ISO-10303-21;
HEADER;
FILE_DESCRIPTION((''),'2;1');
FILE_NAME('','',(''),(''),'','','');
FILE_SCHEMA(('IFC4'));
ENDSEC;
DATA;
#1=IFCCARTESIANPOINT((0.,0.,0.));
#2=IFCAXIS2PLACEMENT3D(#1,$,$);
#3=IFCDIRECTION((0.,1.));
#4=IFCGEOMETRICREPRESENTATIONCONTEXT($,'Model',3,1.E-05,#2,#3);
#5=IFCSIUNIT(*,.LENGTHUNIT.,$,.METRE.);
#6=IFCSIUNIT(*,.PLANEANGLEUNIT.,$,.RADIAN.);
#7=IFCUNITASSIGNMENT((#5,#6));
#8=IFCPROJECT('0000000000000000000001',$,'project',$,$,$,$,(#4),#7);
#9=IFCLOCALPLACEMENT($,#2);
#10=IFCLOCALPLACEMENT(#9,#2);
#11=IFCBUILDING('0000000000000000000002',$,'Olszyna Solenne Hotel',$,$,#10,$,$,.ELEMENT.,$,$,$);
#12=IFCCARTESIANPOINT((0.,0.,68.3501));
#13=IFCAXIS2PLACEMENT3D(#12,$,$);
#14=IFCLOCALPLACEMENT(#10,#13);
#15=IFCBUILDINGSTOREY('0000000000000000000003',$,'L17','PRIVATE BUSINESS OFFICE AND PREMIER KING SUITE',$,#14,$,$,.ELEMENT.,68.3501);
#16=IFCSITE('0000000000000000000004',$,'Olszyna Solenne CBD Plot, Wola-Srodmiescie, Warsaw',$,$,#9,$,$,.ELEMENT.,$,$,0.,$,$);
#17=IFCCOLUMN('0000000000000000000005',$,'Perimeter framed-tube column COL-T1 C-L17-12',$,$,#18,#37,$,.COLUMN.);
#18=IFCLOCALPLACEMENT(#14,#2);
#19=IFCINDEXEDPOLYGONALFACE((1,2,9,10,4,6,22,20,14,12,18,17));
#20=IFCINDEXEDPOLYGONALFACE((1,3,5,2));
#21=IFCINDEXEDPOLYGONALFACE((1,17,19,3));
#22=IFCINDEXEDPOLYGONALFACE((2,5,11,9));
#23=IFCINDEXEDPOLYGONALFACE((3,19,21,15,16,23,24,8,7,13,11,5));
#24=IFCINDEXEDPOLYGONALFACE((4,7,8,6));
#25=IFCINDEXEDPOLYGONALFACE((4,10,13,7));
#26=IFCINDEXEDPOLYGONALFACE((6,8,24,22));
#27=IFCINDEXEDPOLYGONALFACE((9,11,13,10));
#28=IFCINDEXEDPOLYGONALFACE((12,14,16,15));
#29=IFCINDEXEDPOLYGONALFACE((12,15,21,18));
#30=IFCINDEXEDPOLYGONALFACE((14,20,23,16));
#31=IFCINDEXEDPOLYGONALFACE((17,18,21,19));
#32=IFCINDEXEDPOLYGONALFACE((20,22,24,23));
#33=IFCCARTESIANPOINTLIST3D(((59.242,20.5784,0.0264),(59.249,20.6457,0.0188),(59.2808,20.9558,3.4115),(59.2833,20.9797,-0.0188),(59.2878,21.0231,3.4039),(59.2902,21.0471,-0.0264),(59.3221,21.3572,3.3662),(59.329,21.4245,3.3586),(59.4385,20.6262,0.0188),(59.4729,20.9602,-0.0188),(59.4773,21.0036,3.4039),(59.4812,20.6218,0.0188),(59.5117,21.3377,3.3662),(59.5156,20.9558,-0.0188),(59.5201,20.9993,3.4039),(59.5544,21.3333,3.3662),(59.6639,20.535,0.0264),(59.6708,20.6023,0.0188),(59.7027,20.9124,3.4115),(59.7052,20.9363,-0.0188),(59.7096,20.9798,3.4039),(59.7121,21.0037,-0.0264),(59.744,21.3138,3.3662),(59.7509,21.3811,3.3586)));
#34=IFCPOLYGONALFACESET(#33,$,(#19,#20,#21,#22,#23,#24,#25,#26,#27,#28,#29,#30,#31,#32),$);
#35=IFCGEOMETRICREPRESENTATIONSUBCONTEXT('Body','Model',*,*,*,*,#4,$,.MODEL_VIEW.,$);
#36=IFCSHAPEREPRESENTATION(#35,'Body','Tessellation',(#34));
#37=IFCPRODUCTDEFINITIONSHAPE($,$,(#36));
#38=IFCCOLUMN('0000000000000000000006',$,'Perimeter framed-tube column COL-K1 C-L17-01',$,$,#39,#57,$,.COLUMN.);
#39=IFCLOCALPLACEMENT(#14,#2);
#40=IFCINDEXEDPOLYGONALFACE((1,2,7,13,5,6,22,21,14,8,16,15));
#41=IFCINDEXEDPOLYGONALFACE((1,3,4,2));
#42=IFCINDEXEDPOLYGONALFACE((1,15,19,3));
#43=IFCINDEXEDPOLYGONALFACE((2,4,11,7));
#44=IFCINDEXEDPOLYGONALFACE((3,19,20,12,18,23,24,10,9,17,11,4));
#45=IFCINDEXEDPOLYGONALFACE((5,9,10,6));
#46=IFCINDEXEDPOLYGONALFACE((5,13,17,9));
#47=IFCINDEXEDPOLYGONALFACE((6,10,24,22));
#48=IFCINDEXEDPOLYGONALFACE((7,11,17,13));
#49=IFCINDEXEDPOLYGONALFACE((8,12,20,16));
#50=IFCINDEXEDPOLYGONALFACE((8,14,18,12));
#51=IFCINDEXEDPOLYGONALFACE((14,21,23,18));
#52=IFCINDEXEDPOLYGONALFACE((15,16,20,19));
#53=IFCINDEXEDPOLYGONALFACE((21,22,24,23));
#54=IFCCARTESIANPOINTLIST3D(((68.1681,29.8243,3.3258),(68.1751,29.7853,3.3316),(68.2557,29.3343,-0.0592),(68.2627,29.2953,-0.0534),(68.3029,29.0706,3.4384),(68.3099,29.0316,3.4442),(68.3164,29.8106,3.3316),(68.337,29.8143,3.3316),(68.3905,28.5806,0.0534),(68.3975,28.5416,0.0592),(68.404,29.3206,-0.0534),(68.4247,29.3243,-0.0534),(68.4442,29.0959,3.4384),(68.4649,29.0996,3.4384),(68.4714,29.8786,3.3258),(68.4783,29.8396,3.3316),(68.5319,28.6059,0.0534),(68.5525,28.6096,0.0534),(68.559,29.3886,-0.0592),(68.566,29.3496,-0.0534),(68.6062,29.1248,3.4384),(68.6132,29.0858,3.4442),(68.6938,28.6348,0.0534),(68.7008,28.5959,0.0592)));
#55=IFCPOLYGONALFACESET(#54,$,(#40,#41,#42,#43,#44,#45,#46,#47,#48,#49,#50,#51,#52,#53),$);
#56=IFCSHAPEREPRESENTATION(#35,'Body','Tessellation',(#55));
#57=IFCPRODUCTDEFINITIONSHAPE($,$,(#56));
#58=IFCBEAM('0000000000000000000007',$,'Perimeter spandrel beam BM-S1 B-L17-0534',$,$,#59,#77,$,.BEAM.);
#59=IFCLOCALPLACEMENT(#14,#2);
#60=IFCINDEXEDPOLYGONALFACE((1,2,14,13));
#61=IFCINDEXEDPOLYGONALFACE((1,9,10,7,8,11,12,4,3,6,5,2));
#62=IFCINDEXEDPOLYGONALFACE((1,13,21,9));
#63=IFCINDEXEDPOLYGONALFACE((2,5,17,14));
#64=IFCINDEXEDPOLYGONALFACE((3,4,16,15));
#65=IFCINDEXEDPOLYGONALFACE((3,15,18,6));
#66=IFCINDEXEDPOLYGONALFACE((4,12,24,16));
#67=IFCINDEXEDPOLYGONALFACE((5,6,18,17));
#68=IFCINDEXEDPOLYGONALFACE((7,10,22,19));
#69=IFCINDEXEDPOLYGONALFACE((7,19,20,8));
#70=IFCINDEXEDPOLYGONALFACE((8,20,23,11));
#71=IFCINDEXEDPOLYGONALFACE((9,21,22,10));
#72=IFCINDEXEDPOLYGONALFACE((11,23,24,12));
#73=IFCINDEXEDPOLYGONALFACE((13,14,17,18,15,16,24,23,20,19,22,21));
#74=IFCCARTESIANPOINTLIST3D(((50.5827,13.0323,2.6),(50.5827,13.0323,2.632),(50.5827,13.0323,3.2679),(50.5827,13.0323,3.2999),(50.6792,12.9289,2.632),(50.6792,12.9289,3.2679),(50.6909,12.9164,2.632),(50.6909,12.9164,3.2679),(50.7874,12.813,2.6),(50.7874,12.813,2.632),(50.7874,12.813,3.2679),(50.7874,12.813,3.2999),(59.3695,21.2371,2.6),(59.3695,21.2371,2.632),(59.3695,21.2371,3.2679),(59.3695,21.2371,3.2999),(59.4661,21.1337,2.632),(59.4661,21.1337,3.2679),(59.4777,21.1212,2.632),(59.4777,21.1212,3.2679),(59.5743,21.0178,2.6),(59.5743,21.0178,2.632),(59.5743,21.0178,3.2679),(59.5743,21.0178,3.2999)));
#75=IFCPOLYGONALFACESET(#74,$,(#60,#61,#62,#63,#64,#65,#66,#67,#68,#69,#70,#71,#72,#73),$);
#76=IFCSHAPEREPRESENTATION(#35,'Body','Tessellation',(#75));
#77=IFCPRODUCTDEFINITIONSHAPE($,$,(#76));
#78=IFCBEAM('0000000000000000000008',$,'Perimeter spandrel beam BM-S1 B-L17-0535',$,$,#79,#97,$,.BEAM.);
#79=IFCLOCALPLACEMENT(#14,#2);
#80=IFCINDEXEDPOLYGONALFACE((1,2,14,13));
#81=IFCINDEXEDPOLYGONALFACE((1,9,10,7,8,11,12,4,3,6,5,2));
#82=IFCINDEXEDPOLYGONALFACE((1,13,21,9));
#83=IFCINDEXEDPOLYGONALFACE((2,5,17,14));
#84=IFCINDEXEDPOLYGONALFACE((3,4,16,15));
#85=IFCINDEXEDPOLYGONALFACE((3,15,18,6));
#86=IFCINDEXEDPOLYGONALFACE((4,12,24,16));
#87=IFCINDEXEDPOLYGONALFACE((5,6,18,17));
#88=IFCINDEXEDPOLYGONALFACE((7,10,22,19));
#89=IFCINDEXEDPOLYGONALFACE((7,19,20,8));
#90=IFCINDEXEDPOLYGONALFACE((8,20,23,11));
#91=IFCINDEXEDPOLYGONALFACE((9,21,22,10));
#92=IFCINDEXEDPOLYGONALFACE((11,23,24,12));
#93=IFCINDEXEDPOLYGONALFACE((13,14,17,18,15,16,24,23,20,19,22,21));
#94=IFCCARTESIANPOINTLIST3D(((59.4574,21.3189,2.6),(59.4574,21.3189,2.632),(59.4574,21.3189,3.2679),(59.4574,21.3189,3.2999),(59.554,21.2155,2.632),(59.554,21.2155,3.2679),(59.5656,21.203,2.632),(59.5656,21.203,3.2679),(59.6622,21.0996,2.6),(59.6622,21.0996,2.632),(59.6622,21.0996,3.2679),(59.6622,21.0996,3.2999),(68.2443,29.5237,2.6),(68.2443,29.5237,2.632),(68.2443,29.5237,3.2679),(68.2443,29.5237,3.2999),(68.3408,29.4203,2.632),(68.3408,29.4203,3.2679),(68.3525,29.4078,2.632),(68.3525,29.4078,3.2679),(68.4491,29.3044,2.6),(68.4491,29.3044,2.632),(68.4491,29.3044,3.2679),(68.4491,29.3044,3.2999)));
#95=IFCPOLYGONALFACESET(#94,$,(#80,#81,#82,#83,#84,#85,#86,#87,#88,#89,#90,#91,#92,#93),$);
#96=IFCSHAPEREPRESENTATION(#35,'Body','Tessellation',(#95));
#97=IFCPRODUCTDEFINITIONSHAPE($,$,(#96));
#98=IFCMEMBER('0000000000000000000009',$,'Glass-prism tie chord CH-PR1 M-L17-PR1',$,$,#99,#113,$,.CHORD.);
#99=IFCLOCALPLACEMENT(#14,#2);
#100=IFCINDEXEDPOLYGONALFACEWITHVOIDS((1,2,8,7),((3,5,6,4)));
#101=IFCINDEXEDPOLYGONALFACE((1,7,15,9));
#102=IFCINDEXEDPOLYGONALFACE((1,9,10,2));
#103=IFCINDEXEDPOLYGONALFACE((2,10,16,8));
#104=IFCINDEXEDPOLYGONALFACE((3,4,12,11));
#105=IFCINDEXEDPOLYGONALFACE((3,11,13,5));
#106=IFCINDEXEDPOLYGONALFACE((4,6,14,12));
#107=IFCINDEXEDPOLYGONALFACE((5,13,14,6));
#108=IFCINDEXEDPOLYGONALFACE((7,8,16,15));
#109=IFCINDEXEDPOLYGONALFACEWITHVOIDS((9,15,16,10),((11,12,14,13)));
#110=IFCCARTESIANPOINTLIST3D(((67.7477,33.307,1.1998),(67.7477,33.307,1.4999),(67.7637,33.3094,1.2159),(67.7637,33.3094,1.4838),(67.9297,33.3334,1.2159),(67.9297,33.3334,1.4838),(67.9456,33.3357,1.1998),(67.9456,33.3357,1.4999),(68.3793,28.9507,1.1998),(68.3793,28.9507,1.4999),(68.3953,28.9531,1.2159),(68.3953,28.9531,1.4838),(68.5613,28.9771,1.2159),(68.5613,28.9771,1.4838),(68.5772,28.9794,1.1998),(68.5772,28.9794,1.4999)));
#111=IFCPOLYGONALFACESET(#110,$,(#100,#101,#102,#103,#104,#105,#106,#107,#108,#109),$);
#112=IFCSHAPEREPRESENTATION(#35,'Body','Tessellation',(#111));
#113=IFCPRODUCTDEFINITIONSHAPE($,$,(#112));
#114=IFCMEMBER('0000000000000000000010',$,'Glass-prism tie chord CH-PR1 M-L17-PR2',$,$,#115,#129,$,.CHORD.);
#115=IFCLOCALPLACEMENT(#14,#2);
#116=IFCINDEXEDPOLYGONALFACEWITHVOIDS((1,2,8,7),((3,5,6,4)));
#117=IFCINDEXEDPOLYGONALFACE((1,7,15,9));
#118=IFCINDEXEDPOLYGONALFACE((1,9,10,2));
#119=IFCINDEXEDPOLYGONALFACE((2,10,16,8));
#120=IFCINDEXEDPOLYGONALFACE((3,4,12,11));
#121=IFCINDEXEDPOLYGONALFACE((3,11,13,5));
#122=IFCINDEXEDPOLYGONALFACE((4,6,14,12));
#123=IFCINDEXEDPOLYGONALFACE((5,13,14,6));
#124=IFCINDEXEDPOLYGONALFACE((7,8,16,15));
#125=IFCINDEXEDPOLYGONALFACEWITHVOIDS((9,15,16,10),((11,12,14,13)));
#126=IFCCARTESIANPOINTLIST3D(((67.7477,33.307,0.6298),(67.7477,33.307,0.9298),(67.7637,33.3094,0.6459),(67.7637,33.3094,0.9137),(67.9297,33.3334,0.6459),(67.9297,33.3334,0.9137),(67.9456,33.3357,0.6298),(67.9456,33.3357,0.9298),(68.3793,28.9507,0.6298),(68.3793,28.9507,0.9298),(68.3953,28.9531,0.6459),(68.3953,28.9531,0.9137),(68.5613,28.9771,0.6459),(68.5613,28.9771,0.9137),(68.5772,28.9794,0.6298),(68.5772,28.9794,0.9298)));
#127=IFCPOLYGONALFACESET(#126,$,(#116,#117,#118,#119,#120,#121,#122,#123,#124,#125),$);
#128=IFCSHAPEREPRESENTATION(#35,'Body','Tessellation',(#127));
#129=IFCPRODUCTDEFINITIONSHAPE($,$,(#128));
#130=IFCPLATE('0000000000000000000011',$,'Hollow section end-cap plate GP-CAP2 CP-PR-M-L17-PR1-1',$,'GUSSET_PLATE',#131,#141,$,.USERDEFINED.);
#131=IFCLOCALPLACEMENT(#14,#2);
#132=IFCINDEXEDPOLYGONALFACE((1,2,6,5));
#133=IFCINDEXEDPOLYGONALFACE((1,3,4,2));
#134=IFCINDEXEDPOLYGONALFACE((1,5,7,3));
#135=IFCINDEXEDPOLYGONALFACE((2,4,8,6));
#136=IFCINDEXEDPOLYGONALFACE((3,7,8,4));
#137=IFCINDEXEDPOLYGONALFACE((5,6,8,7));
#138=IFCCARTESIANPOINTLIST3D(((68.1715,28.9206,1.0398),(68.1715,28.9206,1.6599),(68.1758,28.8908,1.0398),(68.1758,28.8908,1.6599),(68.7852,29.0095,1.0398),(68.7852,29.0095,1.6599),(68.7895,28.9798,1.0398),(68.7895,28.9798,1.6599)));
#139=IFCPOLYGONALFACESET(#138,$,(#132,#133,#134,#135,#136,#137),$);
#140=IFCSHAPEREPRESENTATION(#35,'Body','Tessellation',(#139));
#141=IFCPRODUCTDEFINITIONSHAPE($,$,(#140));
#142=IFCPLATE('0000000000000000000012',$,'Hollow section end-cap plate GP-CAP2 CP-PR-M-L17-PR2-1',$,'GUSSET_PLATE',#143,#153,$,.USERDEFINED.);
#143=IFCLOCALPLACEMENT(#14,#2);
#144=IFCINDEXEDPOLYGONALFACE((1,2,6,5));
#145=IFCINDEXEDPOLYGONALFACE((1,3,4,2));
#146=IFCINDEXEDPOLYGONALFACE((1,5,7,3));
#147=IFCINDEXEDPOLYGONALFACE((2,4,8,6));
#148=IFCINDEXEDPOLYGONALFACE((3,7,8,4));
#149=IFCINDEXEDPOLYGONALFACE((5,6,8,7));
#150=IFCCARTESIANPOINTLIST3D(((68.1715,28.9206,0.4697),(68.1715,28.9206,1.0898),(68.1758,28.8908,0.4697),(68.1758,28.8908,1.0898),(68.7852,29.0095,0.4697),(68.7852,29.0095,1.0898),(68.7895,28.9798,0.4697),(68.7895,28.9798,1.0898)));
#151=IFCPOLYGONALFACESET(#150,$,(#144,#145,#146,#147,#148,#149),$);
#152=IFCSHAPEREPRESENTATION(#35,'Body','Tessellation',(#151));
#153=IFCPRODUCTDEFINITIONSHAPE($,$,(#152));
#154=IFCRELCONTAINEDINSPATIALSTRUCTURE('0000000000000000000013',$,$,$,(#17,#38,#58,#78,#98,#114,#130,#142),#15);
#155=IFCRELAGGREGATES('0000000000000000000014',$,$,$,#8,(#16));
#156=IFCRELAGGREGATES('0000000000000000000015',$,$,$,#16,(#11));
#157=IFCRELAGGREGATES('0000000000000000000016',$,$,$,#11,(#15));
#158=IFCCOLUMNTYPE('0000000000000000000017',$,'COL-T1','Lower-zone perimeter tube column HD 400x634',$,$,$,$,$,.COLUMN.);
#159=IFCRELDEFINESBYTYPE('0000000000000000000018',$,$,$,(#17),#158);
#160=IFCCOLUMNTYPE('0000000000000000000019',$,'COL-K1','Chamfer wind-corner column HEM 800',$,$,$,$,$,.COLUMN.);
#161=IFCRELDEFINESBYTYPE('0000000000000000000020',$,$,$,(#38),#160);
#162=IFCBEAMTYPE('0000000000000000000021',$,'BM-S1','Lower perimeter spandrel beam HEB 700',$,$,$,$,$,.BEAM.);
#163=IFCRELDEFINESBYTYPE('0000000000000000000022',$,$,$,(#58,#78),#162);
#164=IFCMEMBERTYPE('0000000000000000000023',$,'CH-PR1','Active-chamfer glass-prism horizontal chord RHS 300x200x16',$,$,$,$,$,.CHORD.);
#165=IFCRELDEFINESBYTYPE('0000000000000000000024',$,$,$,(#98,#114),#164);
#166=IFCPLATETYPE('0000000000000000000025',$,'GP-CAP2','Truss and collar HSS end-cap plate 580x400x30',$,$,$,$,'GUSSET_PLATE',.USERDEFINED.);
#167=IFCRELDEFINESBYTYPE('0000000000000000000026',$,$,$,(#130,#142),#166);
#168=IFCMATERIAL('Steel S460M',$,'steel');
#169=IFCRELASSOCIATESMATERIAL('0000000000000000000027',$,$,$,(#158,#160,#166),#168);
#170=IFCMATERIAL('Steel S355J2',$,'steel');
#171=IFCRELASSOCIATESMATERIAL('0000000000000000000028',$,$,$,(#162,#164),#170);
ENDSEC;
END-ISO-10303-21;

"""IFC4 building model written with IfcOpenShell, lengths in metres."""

from ifc_helpers import new_model, si_unit, direction, frame, origin, origin_2d, place, context, subcontext, project, spatial, rectangle, hollow_rectangle, i_section, extrude, source, transform, mapped, material, material_profile, profile_set, type_object, element, save


model = new_model("IFC4")

# Units and contexts
model_context = context("Model", 3, precision=1e-05, world=origin(), true_north=direction((0.0, 1.0)))
body_context = subcontext(model_context, "Body", "Model", "MODEL_VIEW")
ifc_project = project(units=[si_unit("LENGTHUNIT", "METRE"), si_unit("PLANEANGLEUNIT", "RADIAN")], contexts=[model_context])

# Site, building, storey
site_placement = place(None, origin())
site = spatial("IfcSite", under=ifc_project, at=site_placement, Name="Olszyna Solenne CBD Plot, Wola-Srodmiescie, Warsaw", CompositionType="ELEMENT", RefElevation=0.0)
building_placement = place(site_placement, origin())
building = spatial("IfcBuilding", under=site, at=building_placement, Name="Olszyna Solenne Hotel", CompositionType="ELEMENT")
storey_placement = place(building_placement, frame((0.0, 0.0, 68.3501)))
storey = spatial("IfcBuildingStorey", under=building, at=storey_placement, Name="L17", Description="PRIVATE BUSINESS OFFICE AND PREMIER KING SUITE", CompositionType="ELEMENT", Elevation=68.3501)

# Columns
ifc_material_1 = material(Name="Steel S460M", Category="steel")
ifc_material_profile_1 = material_profile(ifc_material_1, i_section(OverallWidth=0.4241, OverallDepth=0.4741, WebThickness=0.043, FlangeThickness=0.0681, at=origin_2d()), Name="HD 400x634", Category="load-bearing")
ifc_profile_set_1 = profile_set([ifc_material_profile_1], Name="Steel S460M")
column_type_1 = type_object("IfcColumnType", Name="COL-T1", Description="Lower-zone perimeter tube column HD 400x634", PredefinedType="COLUMN", material=ifc_profile_set_1)
shared_shape_1 = source(origin(), body_context, "Body", "SweptSolid", [
    extrude(i_section(OverallWidth=0.4241, OverallDepth=0.4741, WebThickness=0.043, FlangeThickness=0.0681, at=origin_2d()), origin(), (0.0, 0.0, 1.0), 3.4062),
])
column_1_placement = place(storey_placement, frame((59.4771, 20.791, 0.0), z_axis=(0.011396, 0.11081, 0.993776), x_axis=(-0.994753, 0.102306, 0.0)))
element("IfcColumn", 1, at=column_1_placement, inside=storey, type_object=column_type_1, Name="Perimeter framed-tube column COL-T1 C-L17-12", PredefinedType="COLUMN", context=body_context, shape_type="MappedRepresentation", body=[
    mapped(shared_shape_1, transform((0.0, 0.0, 0.0), x_axis=(1.0, 0.0, 0.0), y_axis=(0.0, 1.0, 0.0), z_axis=(0.0, 0.0, 1.0), scale=1.0)),
])
ifc_material_profile_2 = material_profile(ifc_material_1, i_section(OverallWidth=0.3081, OverallDepth=0.814, WebThickness=0.021, FlangeThickness=0.04, at=origin_2d()), Name="HEM 800", Category="load-bearing")
ifc_profile_set_2 = profile_set([ifc_material_profile_2], Name="Steel S460M")
column_type_2 = type_object("IfcColumnType", Name="COL-K1", Description="Chamfer wind-corner column HEM 800", PredefinedType="COLUMN", material=ifc_profile_set_2)
shared_shape_2 = source(origin(), body_context, "Body", "SweptSolid", [
    extrude(i_section(OverallWidth=0.3081, OverallDepth=0.814, WebThickness=0.021, FlangeThickness=0.04, at=origin_2d()), origin(), (0.0, 0.0, 1.0), 3.4214),
])
column_2_placement = place(storey_placement, frame((68.4783, 28.9651, 0.0), z_axis=(-0.025617, 0.143213, 0.98936), x_axis=(-0.984376, -0.176079, 0.0)))
element("IfcColumn", 2, at=column_2_placement, inside=storey, type_object=column_type_2, Name="Perimeter framed-tube column COL-K1 C-L17-01", PredefinedType="COLUMN", context=body_context, shape_type="MappedRepresentation", body=[
    mapped(shared_shape_2, transform((0.0, 0.0, 0.0), x_axis=(1.0, 0.0, 0.0), y_axis=(0.0, 1.0, 0.0), z_axis=(0.0, 0.0, 1.0), scale=1.0)),
])

# Beams
ifc_material_2 = material(Name="Steel S355J2", Category="steel")
ifc_material_profile_3 = material_profile(ifc_material_2, i_section(OverallWidth=0.3, OverallDepth=0.7, WebThickness=0.0171, FlangeThickness=0.032, at=origin_2d()), Name="HEB 700", Category="load-bearing")
ifc_profile_set_3 = profile_set([ifc_material_profile_3], Name="Steel S355J2")
beam_type = type_object("IfcBeamType", Name="BM-S1", Description="Lower perimeter spandrel beam HEB 700", PredefinedType="BEAM", material=ifc_profile_set_3)
shared_shape_3 = source(origin(), body_context, "Body", "SweptSolid", [
    extrude(i_section(OverallWidth=0.3, OverallDepth=0.7, WebThickness=0.0171, FlangeThickness=0.032, at=origin_2d()), origin(), (0.0, 0.0, 1.0), 12.022),
])
for number, where, z_axis, x_axis, name in (
    (3, (50.6851, 12.9226, 2.95), (0.730899, 0.682485, 0.0), (-0.682485, 0.730899, 0.0), "Perimeter spandrel beam BM-S1 B-L17-0534"),
    (4, (59.5598, 21.2092, 2.95), (0.730899, 0.682485, 0.0), (-0.682485, 0.730899, 0.0), "Perimeter spandrel beam BM-S1 B-L17-0535"),
):
    element("IfcBeam", number, at=place(storey_placement, frame(where, z_axis=z_axis, x_axis=x_axis)), inside=storey, type_object=beam_type, Name=name, PredefinedType="BEAM", context=body_context, shape_type="MappedRepresentation", body=[
        mapped(shared_shape_3, transform((0.0, 0.0, 0.0), x_axis=(1.0, 0.0, 0.0), y_axis=(0.0, 1.0, 0.0), z_axis=(0.0, 0.0, 1.0), scale=1.0)),
    ])

# Members
ifc_material_profile_4 = material_profile(ifc_material_2, hollow_rectangle(XDim=0.2, YDim=0.3, WallThickness=0.0161, at=origin_2d()), Name="RHS 300x200x16", Category="load-bearing")
ifc_profile_set_4 = profile_set([ifc_material_profile_4], Name="Steel S355J2")
member_type = type_object("IfcMemberType", Name="CH-PR1", Description="Active-chamfer glass-prism horizontal chord RHS 300x200x16", PredefinedType="CHORD", material=ifc_profile_set_4)
shared_shape_4 = source(origin(), body_context, "Body", "SweptSolid", [
    extrude(hollow_rectangle(XDim=0.2, YDim=0.3, WallThickness=0.0161, at=origin_2d()), origin(), (0.0, 0.0, 1.0), 4.4019),
])
for number, where, z_axis, x_axis, name in (
    (5, (68.4783, 28.9651, 1.3499), (-0.143487, 0.989652, 0.0), (-0.989652, -0.143487, 0.0), "Glass-prism tie chord CH-PR1 M-L17-PR1"),
    (6, (68.4783, 28.9651, 0.7798), (-0.143487, 0.989652, 0.0), (-0.989652, -0.143487, 0.0), "Glass-prism tie chord CH-PR1 M-L17-PR2"),
):
    element("IfcMember", number, at=place(storey_placement, frame(where, z_axis=z_axis, x_axis=x_axis)), inside=storey, type_object=member_type, Name=name, PredefinedType="CHORD", context=body_context, shape_type="MappedRepresentation", body=[
        mapped(shared_shape_4, transform((0.0, 0.0, 0.0), x_axis=(1.0, 0.0, 0.0), y_axis=(0.0, 1.0, 0.0), z_axis=(0.0, 0.0, 1.0), scale=1.0)),
    ])

# Plates
plate_type = type_object("IfcPlateType", Name="GP-CAP2", Description="Truss and collar HSS end-cap plate 580x400x30", ElementType="GUSSET_PLATE", PredefinedType="USERDEFINED", material=ifc_material_1)
shared_shape_5 = source(origin(), body_context, "Body", "SweptSolid", [
    extrude(rectangle(XDim=0.03, YDim=0.6201, at=origin_2d()), origin(), (0.0, 0.0, 1.0), 0.6201),
])
for number, where, z_axis, x_axis, name in (
    (7, (68.4805, 28.9502, 1.0398), (0.0, 0.0, 1.0), (-0.143493, 0.989651, 0.0), "Hollow section end-cap plate GP-CAP2 CP-PR-M-L17-PR1-1"),
    (8, (68.4805, 28.9502, 0.4697), (0.0, 0.0, 1.0), (-0.143493, 0.989651, 0.0), "Hollow section end-cap plate GP-CAP2 CP-PR-M-L17-PR2-1"),
):
    element("IfcPlate", number, at=place(storey_placement, frame(where, z_axis=z_axis, x_axis=x_axis)), inside=storey, type_object=plate_type, Name=name, ObjectType="GUSSET_PLATE", PredefinedType="USERDEFINED", context=body_context, shape_type="MappedRepresentation", body=[
        mapped(shared_shape_5, transform((0.0, 0.0, 0.0), x_axis=(1.0, 0.0, 0.0), y_axis=(0.0, 1.0, 0.0), z_axis=(0.0, 0.0, 1.0), scale=1.0)),
    ])

save(model, "model.ifc")
